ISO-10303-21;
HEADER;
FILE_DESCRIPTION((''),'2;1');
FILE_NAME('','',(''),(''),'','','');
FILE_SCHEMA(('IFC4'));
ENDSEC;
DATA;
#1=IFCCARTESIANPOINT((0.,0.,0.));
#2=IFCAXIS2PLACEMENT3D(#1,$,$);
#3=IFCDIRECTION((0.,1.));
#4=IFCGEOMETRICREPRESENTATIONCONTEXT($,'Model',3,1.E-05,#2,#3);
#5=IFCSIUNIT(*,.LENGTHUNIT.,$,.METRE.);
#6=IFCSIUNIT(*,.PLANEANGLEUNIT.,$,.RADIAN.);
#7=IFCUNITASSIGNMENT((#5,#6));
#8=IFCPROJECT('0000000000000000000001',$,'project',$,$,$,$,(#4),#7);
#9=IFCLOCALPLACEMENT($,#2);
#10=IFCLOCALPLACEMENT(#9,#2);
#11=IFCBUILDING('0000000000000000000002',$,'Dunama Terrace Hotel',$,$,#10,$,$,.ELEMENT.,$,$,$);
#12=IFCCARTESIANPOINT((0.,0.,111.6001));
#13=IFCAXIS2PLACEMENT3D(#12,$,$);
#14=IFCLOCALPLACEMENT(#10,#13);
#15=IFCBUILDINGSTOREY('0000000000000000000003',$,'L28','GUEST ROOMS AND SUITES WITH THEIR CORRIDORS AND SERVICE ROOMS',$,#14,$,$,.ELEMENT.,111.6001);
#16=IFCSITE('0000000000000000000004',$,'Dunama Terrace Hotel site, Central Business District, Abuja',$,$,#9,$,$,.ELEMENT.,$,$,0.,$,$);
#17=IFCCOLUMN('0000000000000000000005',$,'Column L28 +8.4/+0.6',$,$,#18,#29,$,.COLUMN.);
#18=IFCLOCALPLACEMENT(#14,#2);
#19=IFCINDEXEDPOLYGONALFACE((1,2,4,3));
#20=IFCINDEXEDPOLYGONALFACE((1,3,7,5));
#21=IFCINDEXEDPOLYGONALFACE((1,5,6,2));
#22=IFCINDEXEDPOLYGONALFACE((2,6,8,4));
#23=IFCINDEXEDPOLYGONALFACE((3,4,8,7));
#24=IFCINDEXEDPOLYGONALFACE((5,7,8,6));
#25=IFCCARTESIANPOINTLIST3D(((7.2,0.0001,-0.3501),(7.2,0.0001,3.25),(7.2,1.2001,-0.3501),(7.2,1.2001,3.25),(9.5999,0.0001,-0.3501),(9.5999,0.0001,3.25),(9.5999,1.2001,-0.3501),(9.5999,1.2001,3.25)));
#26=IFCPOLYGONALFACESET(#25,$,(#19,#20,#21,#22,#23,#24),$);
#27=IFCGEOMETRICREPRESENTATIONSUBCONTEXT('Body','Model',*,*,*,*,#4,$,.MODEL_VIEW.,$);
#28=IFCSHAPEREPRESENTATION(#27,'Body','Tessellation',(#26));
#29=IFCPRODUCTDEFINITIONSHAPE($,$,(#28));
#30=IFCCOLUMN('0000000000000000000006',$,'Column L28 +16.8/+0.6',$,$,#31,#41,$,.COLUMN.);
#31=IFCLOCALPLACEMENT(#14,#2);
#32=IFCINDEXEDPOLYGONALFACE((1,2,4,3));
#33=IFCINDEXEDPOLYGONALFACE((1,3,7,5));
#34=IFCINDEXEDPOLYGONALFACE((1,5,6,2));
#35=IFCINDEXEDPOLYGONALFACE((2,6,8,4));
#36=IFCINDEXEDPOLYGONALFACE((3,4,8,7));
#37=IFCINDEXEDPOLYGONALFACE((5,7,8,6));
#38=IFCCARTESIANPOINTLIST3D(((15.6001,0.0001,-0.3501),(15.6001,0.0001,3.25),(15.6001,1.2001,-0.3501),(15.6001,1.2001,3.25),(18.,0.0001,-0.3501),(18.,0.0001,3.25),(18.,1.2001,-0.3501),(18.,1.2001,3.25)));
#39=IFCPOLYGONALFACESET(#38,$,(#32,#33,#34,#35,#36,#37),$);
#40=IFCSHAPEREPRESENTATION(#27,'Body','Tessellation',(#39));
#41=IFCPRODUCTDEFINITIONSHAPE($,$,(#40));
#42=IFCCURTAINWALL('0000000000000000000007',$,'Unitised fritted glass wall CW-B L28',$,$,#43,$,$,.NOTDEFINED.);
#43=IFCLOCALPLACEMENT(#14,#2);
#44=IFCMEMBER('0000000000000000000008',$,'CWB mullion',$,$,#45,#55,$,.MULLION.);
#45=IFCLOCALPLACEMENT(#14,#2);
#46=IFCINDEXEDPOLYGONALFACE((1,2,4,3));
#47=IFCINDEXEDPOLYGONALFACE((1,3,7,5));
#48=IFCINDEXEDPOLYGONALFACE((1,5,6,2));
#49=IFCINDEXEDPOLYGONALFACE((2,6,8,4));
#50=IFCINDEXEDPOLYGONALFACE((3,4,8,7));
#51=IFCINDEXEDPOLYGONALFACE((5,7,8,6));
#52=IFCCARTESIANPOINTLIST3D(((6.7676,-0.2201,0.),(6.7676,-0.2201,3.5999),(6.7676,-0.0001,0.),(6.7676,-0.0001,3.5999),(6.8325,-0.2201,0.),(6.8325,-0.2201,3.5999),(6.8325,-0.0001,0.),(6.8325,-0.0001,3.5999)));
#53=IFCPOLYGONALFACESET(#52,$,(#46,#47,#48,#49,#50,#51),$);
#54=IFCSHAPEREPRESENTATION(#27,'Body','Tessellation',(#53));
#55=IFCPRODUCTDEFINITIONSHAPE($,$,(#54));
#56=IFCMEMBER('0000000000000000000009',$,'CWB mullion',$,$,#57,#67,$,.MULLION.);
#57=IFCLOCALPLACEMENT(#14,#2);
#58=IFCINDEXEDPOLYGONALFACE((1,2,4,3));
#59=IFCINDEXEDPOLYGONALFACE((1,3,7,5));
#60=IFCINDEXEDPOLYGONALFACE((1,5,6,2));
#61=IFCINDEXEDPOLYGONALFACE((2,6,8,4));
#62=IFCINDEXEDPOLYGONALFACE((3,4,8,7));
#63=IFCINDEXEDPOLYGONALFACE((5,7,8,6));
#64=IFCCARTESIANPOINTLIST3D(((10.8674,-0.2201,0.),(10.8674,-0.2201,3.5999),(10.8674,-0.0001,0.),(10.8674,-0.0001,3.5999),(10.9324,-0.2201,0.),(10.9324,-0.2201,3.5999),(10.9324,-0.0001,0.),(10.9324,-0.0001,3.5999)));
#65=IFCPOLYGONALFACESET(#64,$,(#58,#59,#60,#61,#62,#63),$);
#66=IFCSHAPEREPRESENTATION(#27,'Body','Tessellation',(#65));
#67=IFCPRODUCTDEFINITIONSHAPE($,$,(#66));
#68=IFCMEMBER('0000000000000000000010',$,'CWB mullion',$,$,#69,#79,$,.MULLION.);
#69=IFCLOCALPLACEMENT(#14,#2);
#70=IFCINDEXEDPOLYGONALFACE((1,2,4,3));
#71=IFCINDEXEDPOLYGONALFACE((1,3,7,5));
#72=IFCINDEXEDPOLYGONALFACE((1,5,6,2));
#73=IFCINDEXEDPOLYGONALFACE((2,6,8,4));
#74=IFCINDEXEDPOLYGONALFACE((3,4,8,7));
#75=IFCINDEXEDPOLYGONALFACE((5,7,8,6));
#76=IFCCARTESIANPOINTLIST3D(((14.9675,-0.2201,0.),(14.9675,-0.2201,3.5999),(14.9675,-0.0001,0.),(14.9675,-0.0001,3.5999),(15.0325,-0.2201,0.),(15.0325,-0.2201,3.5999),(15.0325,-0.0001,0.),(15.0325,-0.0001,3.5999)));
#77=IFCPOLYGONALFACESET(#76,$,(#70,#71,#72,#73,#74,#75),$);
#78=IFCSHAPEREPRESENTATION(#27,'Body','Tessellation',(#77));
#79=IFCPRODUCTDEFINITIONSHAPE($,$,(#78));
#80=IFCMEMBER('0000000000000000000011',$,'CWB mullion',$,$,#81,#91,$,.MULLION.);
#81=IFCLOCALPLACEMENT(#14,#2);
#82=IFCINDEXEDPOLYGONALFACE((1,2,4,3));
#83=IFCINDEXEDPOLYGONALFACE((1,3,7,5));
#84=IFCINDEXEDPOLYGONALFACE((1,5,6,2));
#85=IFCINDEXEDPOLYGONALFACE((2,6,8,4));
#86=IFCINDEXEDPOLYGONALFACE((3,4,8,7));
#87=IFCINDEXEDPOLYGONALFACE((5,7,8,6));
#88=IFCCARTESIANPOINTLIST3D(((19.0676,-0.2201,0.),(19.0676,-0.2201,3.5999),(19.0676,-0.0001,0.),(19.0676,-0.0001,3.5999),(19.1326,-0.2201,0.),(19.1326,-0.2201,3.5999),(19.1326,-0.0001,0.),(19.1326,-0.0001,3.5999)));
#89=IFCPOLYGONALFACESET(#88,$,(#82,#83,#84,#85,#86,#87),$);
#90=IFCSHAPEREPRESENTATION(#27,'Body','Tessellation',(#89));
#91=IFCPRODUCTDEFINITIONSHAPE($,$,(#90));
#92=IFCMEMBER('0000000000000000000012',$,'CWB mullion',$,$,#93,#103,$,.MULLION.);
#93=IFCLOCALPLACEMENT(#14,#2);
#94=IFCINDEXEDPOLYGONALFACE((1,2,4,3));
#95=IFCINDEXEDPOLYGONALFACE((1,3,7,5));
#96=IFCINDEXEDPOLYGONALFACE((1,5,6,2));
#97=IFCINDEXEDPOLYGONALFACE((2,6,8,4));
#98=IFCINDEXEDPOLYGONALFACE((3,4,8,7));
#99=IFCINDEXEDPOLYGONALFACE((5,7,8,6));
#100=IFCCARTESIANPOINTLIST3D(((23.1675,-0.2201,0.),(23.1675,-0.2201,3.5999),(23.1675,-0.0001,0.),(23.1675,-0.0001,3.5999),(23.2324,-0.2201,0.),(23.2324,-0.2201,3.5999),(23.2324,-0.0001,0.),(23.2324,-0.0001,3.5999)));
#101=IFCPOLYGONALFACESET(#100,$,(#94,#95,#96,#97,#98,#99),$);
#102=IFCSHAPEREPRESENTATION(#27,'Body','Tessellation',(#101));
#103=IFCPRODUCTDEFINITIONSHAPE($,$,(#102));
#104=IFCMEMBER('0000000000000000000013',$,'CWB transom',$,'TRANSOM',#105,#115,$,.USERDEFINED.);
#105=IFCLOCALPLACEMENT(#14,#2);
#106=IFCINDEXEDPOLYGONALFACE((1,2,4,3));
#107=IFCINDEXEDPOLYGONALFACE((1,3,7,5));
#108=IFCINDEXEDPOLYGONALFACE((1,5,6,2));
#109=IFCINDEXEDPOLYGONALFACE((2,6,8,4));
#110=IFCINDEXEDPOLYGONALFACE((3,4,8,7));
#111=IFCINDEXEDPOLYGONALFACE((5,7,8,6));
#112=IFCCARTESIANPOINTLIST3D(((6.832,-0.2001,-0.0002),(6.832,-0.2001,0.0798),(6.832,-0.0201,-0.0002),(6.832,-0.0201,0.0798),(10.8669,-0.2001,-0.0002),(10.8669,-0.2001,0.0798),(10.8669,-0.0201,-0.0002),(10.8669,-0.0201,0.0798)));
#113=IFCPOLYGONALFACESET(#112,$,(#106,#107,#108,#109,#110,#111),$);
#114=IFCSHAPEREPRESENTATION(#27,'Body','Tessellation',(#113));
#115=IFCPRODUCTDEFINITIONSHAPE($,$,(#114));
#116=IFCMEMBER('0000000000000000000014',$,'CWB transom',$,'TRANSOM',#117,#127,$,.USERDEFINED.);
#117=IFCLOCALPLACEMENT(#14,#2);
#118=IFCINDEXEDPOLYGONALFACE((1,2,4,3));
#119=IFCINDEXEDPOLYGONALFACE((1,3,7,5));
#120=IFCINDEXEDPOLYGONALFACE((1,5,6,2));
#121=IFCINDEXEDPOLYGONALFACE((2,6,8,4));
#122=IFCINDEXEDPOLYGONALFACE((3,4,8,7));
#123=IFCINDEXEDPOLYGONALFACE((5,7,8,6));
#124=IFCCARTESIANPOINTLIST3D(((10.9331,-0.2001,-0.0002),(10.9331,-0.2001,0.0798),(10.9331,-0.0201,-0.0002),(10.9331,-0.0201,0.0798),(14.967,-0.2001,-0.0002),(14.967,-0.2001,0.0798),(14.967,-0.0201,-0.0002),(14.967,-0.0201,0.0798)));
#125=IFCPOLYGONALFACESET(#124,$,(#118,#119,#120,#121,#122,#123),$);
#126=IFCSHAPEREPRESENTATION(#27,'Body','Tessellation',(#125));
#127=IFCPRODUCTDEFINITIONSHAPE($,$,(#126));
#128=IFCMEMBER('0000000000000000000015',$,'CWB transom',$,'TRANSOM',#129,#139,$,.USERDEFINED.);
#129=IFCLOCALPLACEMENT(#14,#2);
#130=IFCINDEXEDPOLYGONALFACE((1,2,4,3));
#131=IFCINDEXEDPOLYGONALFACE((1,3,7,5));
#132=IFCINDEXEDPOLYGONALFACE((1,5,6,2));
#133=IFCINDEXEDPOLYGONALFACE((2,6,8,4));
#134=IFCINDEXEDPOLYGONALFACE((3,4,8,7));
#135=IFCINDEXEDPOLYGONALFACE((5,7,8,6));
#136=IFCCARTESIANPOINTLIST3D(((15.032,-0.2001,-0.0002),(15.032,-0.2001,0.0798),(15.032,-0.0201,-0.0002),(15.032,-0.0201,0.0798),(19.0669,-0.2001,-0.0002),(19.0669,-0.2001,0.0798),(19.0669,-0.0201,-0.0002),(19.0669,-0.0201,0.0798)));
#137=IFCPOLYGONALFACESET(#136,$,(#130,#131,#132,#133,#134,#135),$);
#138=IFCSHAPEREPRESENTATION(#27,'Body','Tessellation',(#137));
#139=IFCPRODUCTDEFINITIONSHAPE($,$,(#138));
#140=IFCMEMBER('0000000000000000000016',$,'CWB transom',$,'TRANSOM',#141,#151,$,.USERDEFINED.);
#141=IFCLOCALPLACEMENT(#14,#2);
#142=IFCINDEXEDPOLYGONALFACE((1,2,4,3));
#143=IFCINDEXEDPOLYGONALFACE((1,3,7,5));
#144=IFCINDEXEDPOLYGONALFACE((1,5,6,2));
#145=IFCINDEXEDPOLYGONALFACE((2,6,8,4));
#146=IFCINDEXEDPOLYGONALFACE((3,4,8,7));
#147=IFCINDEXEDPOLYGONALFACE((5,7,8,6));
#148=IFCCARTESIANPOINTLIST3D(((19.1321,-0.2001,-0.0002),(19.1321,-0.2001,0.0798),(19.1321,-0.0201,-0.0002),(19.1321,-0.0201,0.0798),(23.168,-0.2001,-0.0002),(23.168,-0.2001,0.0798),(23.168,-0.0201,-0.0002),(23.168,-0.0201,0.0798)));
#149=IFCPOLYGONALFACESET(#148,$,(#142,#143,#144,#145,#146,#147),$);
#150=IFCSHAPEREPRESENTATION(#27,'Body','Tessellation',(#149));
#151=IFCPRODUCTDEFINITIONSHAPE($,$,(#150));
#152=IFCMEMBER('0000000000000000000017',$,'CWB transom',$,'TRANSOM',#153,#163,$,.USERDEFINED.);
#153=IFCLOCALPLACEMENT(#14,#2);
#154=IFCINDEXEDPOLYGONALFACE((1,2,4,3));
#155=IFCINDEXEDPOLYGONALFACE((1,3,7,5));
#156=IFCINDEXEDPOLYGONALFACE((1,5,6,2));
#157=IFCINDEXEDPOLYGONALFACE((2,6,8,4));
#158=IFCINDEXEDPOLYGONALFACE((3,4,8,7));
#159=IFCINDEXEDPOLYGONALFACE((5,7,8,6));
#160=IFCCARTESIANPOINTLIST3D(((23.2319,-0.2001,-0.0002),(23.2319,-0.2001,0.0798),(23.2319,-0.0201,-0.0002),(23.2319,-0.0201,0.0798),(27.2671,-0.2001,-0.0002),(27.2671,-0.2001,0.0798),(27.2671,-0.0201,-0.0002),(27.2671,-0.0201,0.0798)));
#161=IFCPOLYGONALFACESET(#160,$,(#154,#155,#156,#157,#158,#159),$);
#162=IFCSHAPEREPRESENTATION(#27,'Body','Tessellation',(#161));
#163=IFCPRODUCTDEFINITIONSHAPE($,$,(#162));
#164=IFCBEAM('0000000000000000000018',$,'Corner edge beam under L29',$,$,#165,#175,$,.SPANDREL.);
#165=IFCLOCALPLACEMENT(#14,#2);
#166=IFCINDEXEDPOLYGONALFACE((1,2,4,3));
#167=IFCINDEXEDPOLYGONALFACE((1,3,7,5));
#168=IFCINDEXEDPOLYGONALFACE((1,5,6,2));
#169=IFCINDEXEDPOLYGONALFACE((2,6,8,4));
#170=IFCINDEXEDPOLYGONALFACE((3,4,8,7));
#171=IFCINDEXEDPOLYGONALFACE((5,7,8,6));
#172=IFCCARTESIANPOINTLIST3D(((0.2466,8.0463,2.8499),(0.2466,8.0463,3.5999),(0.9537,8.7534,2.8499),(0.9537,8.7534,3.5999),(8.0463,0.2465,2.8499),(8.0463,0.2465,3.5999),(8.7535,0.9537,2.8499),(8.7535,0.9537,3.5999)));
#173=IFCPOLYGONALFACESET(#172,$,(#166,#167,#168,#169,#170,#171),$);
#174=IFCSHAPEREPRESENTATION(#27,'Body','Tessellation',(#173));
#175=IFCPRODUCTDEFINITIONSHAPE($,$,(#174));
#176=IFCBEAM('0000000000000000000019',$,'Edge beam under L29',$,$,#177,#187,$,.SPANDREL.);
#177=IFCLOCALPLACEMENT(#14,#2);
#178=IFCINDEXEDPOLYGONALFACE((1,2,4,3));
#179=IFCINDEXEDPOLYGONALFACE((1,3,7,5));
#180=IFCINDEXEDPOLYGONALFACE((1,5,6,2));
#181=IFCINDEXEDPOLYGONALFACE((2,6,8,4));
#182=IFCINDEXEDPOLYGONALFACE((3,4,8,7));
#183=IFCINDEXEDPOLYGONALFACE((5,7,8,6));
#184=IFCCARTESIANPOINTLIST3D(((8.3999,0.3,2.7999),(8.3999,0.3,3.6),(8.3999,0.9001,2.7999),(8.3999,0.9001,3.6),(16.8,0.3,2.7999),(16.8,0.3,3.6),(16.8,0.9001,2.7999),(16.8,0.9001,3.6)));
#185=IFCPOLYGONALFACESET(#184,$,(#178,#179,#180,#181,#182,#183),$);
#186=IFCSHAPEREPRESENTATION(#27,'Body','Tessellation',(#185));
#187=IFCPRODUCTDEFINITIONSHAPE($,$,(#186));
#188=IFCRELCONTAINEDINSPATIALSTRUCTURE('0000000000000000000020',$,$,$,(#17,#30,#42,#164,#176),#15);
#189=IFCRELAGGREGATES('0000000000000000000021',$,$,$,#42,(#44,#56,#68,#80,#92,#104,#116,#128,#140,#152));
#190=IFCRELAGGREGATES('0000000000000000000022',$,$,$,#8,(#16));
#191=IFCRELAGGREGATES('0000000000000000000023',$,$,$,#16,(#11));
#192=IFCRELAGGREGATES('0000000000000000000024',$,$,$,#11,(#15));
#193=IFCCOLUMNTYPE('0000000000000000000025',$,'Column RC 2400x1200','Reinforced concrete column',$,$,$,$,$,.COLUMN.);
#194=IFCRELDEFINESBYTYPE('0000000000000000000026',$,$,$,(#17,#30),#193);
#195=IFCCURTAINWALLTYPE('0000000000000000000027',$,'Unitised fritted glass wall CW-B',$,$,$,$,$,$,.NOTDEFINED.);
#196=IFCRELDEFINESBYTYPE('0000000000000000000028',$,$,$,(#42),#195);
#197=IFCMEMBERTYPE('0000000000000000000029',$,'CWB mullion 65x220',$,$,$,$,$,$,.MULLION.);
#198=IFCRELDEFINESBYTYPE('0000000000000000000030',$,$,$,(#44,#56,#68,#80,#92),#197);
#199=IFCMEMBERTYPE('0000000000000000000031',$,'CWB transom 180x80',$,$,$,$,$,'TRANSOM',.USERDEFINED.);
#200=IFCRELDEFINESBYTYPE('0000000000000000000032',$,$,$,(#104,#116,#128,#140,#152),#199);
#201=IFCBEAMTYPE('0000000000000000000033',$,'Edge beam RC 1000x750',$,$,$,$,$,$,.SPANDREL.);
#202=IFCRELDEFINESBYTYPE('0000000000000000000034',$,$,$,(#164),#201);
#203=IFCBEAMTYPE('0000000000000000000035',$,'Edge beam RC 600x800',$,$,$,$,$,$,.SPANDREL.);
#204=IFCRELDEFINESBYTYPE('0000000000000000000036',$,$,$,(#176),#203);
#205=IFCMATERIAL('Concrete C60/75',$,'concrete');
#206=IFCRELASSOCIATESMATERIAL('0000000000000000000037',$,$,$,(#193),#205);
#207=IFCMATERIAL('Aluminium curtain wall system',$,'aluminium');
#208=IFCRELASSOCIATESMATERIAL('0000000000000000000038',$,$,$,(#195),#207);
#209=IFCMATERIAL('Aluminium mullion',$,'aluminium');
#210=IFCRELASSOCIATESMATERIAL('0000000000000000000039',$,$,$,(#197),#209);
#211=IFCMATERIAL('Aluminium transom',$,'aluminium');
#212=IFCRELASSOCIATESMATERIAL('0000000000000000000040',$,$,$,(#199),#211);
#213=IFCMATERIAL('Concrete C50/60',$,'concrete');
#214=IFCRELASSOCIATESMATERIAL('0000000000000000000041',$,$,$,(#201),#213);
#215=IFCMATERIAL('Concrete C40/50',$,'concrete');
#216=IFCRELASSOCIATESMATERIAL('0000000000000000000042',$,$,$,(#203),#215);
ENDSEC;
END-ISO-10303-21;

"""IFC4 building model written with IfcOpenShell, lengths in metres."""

from ifc_helpers import new_model, si_unit, direction, frame, origin, origin_2d, place, context, subcontext, project, spatial, rectangle, extrude, material, material_profile, profile_set, type_object, element, aggregate, save


model = new_model("IFC4")

# Units and contexts
model_context = context("Model", 3, precision=1e-05, world=origin(), true_north=direction((0.0, 1.0)))
body_context = subcontext(model_context, "Body", "Model", "MODEL_VIEW")
ifc_project = project(units=[si_unit("LENGTHUNIT", "METRE"), si_unit("PLANEANGLEUNIT", "RADIAN")], contexts=[model_context])

# Site, building, storey
site_placement = place(None, origin())
site = spatial("IfcSite", under=ifc_project, at=site_placement, Name="Dunama Terrace Hotel site, Central Business District, Abuja", CompositionType="ELEMENT", RefElevation=0.0)
building_placement = place(site_placement, origin())
building = spatial("IfcBuilding", under=site, at=building_placement, Name="Dunama Terrace Hotel", CompositionType="ELEMENT")
storey_placement = place(building_placement, frame((0.0, 0.0, 111.6001)))
storey = spatial("IfcBuildingStorey", under=building, at=storey_placement, Name="L28", Description="GUEST ROOMS AND SUITES WITH THEIR CORRIDORS AND SERVICE ROOMS", CompositionType="ELEMENT", Elevation=111.6001)

# Columns
ifc_material_1 = material(Name="Concrete C60/75", Category="concrete")
ifc_material_profile_1 = material_profile(ifc_material_1, rectangle(XDim=2.3999, YDim=1.2, at=origin_2d()), Name="RC 2400x1200")
ifc_profile_set_1 = profile_set([ifc_material_profile_1], Name="Concrete C60/75")
column_type = type_object("IfcColumnType", Name="Column RC 2400x1200", Description="Reinforced concrete column", PredefinedType="COLUMN", material=ifc_profile_set_1)
for number, where, z_axis, x_axis, name in (
    (1, (8.3999, 0.6001, -0.3501), (0.0, 0.0, 1.0), (1.0, 0.0, 0.0), "Column L28 +8.4/+0.6"),
    (2, (16.8, 0.6001, -0.3501), (0.0, 0.0, 1.0), (1.0, 0.0, 0.0), "Column L28 +16.8/+0.6"),
):
    element("IfcColumn", number, at=place(storey_placement, frame(where, z_axis=z_axis, x_axis=x_axis)), inside=storey, type_object=column_type, Name=name, PredefinedType="COLUMN", context=body_context, shape_type="SweptSolid", body=[
        extrude(rectangle(XDim=2.3999, YDim=1.2, at=origin_2d()), origin(), (0.0, 0.0, 1.0), 3.6001),
    ])

# Curtain wall, members
ifc_material_2 = material(Name="Aluminium curtain wall system", Category="aluminium")
curtain_wall_type = type_object("IfcCurtainWallType", Name="Unitised fritted glass wall CW-B", PredefinedType="NOTDEFINED", material=ifc_material_2)
curtain_wall_placement = place(storey_placement, origin())
curtain_wall = element("IfcCurtainWall", 3, at=curtain_wall_placement, inside=storey, type_object=curtain_wall_type, Name="Unitised fritted glass wall CW-B L28", PredefinedType="NOTDEFINED")
ifc_material_3 = material(Name="Aluminium mullion", Category="aluminium")
ifc_material_profile_2 = material_profile(ifc_material_3, rectangle(XDim=0.0649, YDim=0.22, at=origin_2d()), Name="CWB MULLION 65X220")
ifc_profile_set_2 = profile_set([ifc_material_profile_2], Name="Aluminium mullion")
member_type_1 = type_object("IfcMemberType", Name="CWB mullion 65x220", PredefinedType="MULLION", material=ifc_profile_set_2)
member_1_placement = place(storey_placement, frame((6.8, -0.1101, 0.0), z_axis=(0.0, 0.0, 1.0), x_axis=(1.0, 0.0, 0.0)))
member_1 = element("IfcMember", 4, at=member_1_placement, type_object=member_type_1, Name="CWB mullion", PredefinedType="MULLION", context=body_context, shape_type="SweptSolid", body=[
    extrude(rectangle(XDim=0.0649, YDim=0.22, at=origin_2d()), origin(), (0.0, 0.0, 1.0), 3.5999),
])
member_2_placement = place(storey_placement, frame((10.8999, -0.1101, 0.0), z_axis=(0.0, 0.0, 1.0), x_axis=(1.0, 0.0, 0.0)))
member_2 = element("IfcMember", 5, at=member_2_placement, type_object=member_type_1, Name="CWB mullion", PredefinedType="MULLION", context=body_context, shape_type="SweptSolid", body=[
    extrude(rectangle(XDim=0.0649, YDim=0.22, at=origin_2d()), origin(), (0.0, 0.0, 1.0), 3.5999),
])
member_3_placement = place(storey_placement, frame((15.0, -0.1101, 0.0), z_axis=(0.0, 0.0, 1.0), x_axis=(1.0, 0.0, 0.0)))
member_3 = element("IfcMember", 6, at=member_3_placement, type_object=member_type_1, Name="CWB mullion", PredefinedType="MULLION", context=body_context, shape_type="SweptSolid", body=[
    extrude(rectangle(XDim=0.0649, YDim=0.22, at=origin_2d()), origin(), (0.0, 0.0, 1.0), 3.5999),
])
member_4_placement = place(storey_placement, frame((19.1001, -0.1101, 0.0), z_axis=(0.0, 0.0, 1.0), x_axis=(1.0, 0.0, 0.0)))
member_4 = element("IfcMember", 7, at=member_4_placement, type_object=member_type_1, Name="CWB mullion", PredefinedType="MULLION", context=body_context, shape_type="SweptSolid", body=[
    extrude(rectangle(XDim=0.0649, YDim=0.22, at=origin_2d()), origin(), (0.0, 0.0, 1.0), 3.5999),
])
member_5_placement = place(storey_placement, frame((23.2, -0.1101, 0.0), z_axis=(0.0, 0.0, 1.0), x_axis=(1.0, 0.0, 0.0)))
member_5 = element("IfcMember", 8, at=member_5_placement, type_object=member_type_1, Name="CWB mullion", PredefinedType="MULLION", context=body_context, shape_type="SweptSolid", body=[
    extrude(rectangle(XDim=0.0649, YDim=0.22, at=origin_2d()), origin(), (0.0, 0.0, 1.0), 3.5999),
])
ifc_material_4 = material(Name="Aluminium transom", Category="aluminium")
ifc_material_profile_3 = material_profile(ifc_material_4, rectangle(XDim=0.1799, YDim=0.0801, at=origin_2d()), Name="CWB TRANSOM 180X80")
ifc_profile_set_3 = profile_set([ifc_material_profile_3], Name="Aluminium transom")
member_type_2 = type_object("IfcMemberType", Name="CWB transom 180x80", ElementType="TRANSOM", PredefinedType="USERDEFINED", material=ifc_profile_set_3)
member_6_placement = place(storey_placement, frame((6.832, -0.1101, 0.0398), z_axis=(1.0, 0.0, 0.0), x_axis=(0.0, 1.0, 0.0)))
member_6 = element("IfcMember", 9, at=member_6_placement, type_object=member_type_2, Name="CWB transom", ObjectType="TRANSOM", PredefinedType="USERDEFINED", context=body_context, shape_type="SweptSolid", body=[
    extrude(rectangle(XDim=0.1799, YDim=0.0801, at=origin_2d()), origin(), (0.0, 0.0, 1.0), 4.0349),
])
member_7_placement = place(storey_placement, frame((10.9331, -0.1101, 0.0398), z_axis=(1.0, 0.0, 0.0), x_axis=(0.0, 1.0, 0.0)))
member_7 = element("IfcMember", 10, at=member_7_placement, type_object=member_type_2, Name="CWB transom", ObjectType="TRANSOM", PredefinedType="USERDEFINED", context=body_context, shape_type="SweptSolid", body=[
    extrude(rectangle(XDim=0.1799, YDim=0.0801, at=origin_2d()), origin(), (0.0, 0.0, 1.0), 4.0339),
])
member_8_placement = place(storey_placement, frame((15.032, -0.1101, 0.0398), z_axis=(1.0, 0.0, 0.0), x_axis=(0.0, 1.0, 0.0)))
member_8 = element("IfcMember", 11, at=member_8_placement, type_object=member_type_2, Name="CWB transom", ObjectType="TRANSOM", PredefinedType="USERDEFINED", context=body_context, shape_type="SweptSolid", body=[
    extrude(rectangle(XDim=0.1799, YDim=0.0801, at=origin_2d()), origin(), (0.0, 0.0, 1.0), 4.0349),
])
member_9_placement = place(storey_placement, frame((19.1321, -0.1101, 0.0398), z_axis=(1.0, 0.0, 0.0), x_axis=(0.0, 1.0, 0.0)))
member_9 = element("IfcMember", 12, at=member_9_placement, type_object=member_type_2, Name="CWB transom", ObjectType="TRANSOM", PredefinedType="USERDEFINED", context=body_context, shape_type="SweptSolid", body=[
    extrude(rectangle(XDim=0.1799, YDim=0.0801, at=origin_2d()), origin(), (0.0, 0.0, 1.0), 4.0359),
])
member_10_placement = place(storey_placement, frame((23.2319, -0.1101, 0.0398), z_axis=(1.0, 0.0, 0.0), x_axis=(0.0, 1.0, 0.0)))
member_10 = element("IfcMember", 13, at=member_10_placement, type_object=member_type_2, Name="CWB transom", ObjectType="TRANSOM", PredefinedType="USERDEFINED", context=body_context, shape_type="SweptSolid", body=[
    extrude(rectangle(XDim=0.1799, YDim=0.0801, at=origin_2d()), origin(), (0.0, 0.0, 1.0), 4.0352),
])

# Beams
ifc_material_5 = material(Name="Concrete C50/60", Category="concrete")
ifc_material_profile_4 = material_profile(ifc_material_5, rectangle(XDim=1.0, YDim=0.75, at=origin_2d()), Name="RC 1000x750")
ifc_profile_set_4 = profile_set([ifc_material_profile_4], Name="Concrete C50/60")
beam_type_1 = type_object("IfcBeamType", Name="Edge beam RC 1000x750", PredefinedType="SPANDREL", material=ifc_profile_set_4)
beam_1_placement = place(storey_placement, frame((8.3999, 0.6001, 3.2249), z_axis=(-0.707107, 0.707107, 0.0), x_axis=(-0.707107, -0.707107, 0.0)))
element("IfcBeam", 14, at=beam_1_placement, inside=storey, type_object=beam_type_1, Name="Corner edge beam under L29", PredefinedType="SPANDREL", context=body_context, shape_type="SweptSolid", body=[
    extrude(rectangle(XDim=1.0, YDim=0.75, at=origin_2d()), origin(), (0.0, 0.0, 1.0), 11.0305),
])
ifc_material_6 = material(Name="Concrete C40/50", Category="concrete")
ifc_material_profile_5 = material_profile(ifc_material_6, rectangle(XDim=0.6001, YDim=0.8, at=origin_2d()), Name="RC 600x800")
ifc_profile_set_5 = profile_set([ifc_material_profile_5], Name="Concrete C40/50")
beam_type_2 = type_object("IfcBeamType", Name="Edge beam RC 600x800", PredefinedType="SPANDREL", material=ifc_profile_set_5)
beam_2_placement = place(storey_placement, frame((8.3999, 0.6001, 3.2), z_axis=(1.0, 0.0, 0.0), x_axis=(0.0, 1.0, 0.0)))
element("IfcBeam", 15, at=beam_2_placement, inside=storey, type_object=beam_type_2, Name="Edge beam under L29", PredefinedType="SPANDREL", context=body_context, shape_type="SweptSolid", body=[
    extrude(rectangle(XDim=0.6001, YDim=0.8, at=origin_2d()), origin(), (0.0, 0.0, 1.0), 8.4001),
])

aggregate(curtain_wall, [member_1, member_2, member_3, member_4, member_5, member_6, member_7, member_8, member_9, member_10])

save(model, "model.ifc")
